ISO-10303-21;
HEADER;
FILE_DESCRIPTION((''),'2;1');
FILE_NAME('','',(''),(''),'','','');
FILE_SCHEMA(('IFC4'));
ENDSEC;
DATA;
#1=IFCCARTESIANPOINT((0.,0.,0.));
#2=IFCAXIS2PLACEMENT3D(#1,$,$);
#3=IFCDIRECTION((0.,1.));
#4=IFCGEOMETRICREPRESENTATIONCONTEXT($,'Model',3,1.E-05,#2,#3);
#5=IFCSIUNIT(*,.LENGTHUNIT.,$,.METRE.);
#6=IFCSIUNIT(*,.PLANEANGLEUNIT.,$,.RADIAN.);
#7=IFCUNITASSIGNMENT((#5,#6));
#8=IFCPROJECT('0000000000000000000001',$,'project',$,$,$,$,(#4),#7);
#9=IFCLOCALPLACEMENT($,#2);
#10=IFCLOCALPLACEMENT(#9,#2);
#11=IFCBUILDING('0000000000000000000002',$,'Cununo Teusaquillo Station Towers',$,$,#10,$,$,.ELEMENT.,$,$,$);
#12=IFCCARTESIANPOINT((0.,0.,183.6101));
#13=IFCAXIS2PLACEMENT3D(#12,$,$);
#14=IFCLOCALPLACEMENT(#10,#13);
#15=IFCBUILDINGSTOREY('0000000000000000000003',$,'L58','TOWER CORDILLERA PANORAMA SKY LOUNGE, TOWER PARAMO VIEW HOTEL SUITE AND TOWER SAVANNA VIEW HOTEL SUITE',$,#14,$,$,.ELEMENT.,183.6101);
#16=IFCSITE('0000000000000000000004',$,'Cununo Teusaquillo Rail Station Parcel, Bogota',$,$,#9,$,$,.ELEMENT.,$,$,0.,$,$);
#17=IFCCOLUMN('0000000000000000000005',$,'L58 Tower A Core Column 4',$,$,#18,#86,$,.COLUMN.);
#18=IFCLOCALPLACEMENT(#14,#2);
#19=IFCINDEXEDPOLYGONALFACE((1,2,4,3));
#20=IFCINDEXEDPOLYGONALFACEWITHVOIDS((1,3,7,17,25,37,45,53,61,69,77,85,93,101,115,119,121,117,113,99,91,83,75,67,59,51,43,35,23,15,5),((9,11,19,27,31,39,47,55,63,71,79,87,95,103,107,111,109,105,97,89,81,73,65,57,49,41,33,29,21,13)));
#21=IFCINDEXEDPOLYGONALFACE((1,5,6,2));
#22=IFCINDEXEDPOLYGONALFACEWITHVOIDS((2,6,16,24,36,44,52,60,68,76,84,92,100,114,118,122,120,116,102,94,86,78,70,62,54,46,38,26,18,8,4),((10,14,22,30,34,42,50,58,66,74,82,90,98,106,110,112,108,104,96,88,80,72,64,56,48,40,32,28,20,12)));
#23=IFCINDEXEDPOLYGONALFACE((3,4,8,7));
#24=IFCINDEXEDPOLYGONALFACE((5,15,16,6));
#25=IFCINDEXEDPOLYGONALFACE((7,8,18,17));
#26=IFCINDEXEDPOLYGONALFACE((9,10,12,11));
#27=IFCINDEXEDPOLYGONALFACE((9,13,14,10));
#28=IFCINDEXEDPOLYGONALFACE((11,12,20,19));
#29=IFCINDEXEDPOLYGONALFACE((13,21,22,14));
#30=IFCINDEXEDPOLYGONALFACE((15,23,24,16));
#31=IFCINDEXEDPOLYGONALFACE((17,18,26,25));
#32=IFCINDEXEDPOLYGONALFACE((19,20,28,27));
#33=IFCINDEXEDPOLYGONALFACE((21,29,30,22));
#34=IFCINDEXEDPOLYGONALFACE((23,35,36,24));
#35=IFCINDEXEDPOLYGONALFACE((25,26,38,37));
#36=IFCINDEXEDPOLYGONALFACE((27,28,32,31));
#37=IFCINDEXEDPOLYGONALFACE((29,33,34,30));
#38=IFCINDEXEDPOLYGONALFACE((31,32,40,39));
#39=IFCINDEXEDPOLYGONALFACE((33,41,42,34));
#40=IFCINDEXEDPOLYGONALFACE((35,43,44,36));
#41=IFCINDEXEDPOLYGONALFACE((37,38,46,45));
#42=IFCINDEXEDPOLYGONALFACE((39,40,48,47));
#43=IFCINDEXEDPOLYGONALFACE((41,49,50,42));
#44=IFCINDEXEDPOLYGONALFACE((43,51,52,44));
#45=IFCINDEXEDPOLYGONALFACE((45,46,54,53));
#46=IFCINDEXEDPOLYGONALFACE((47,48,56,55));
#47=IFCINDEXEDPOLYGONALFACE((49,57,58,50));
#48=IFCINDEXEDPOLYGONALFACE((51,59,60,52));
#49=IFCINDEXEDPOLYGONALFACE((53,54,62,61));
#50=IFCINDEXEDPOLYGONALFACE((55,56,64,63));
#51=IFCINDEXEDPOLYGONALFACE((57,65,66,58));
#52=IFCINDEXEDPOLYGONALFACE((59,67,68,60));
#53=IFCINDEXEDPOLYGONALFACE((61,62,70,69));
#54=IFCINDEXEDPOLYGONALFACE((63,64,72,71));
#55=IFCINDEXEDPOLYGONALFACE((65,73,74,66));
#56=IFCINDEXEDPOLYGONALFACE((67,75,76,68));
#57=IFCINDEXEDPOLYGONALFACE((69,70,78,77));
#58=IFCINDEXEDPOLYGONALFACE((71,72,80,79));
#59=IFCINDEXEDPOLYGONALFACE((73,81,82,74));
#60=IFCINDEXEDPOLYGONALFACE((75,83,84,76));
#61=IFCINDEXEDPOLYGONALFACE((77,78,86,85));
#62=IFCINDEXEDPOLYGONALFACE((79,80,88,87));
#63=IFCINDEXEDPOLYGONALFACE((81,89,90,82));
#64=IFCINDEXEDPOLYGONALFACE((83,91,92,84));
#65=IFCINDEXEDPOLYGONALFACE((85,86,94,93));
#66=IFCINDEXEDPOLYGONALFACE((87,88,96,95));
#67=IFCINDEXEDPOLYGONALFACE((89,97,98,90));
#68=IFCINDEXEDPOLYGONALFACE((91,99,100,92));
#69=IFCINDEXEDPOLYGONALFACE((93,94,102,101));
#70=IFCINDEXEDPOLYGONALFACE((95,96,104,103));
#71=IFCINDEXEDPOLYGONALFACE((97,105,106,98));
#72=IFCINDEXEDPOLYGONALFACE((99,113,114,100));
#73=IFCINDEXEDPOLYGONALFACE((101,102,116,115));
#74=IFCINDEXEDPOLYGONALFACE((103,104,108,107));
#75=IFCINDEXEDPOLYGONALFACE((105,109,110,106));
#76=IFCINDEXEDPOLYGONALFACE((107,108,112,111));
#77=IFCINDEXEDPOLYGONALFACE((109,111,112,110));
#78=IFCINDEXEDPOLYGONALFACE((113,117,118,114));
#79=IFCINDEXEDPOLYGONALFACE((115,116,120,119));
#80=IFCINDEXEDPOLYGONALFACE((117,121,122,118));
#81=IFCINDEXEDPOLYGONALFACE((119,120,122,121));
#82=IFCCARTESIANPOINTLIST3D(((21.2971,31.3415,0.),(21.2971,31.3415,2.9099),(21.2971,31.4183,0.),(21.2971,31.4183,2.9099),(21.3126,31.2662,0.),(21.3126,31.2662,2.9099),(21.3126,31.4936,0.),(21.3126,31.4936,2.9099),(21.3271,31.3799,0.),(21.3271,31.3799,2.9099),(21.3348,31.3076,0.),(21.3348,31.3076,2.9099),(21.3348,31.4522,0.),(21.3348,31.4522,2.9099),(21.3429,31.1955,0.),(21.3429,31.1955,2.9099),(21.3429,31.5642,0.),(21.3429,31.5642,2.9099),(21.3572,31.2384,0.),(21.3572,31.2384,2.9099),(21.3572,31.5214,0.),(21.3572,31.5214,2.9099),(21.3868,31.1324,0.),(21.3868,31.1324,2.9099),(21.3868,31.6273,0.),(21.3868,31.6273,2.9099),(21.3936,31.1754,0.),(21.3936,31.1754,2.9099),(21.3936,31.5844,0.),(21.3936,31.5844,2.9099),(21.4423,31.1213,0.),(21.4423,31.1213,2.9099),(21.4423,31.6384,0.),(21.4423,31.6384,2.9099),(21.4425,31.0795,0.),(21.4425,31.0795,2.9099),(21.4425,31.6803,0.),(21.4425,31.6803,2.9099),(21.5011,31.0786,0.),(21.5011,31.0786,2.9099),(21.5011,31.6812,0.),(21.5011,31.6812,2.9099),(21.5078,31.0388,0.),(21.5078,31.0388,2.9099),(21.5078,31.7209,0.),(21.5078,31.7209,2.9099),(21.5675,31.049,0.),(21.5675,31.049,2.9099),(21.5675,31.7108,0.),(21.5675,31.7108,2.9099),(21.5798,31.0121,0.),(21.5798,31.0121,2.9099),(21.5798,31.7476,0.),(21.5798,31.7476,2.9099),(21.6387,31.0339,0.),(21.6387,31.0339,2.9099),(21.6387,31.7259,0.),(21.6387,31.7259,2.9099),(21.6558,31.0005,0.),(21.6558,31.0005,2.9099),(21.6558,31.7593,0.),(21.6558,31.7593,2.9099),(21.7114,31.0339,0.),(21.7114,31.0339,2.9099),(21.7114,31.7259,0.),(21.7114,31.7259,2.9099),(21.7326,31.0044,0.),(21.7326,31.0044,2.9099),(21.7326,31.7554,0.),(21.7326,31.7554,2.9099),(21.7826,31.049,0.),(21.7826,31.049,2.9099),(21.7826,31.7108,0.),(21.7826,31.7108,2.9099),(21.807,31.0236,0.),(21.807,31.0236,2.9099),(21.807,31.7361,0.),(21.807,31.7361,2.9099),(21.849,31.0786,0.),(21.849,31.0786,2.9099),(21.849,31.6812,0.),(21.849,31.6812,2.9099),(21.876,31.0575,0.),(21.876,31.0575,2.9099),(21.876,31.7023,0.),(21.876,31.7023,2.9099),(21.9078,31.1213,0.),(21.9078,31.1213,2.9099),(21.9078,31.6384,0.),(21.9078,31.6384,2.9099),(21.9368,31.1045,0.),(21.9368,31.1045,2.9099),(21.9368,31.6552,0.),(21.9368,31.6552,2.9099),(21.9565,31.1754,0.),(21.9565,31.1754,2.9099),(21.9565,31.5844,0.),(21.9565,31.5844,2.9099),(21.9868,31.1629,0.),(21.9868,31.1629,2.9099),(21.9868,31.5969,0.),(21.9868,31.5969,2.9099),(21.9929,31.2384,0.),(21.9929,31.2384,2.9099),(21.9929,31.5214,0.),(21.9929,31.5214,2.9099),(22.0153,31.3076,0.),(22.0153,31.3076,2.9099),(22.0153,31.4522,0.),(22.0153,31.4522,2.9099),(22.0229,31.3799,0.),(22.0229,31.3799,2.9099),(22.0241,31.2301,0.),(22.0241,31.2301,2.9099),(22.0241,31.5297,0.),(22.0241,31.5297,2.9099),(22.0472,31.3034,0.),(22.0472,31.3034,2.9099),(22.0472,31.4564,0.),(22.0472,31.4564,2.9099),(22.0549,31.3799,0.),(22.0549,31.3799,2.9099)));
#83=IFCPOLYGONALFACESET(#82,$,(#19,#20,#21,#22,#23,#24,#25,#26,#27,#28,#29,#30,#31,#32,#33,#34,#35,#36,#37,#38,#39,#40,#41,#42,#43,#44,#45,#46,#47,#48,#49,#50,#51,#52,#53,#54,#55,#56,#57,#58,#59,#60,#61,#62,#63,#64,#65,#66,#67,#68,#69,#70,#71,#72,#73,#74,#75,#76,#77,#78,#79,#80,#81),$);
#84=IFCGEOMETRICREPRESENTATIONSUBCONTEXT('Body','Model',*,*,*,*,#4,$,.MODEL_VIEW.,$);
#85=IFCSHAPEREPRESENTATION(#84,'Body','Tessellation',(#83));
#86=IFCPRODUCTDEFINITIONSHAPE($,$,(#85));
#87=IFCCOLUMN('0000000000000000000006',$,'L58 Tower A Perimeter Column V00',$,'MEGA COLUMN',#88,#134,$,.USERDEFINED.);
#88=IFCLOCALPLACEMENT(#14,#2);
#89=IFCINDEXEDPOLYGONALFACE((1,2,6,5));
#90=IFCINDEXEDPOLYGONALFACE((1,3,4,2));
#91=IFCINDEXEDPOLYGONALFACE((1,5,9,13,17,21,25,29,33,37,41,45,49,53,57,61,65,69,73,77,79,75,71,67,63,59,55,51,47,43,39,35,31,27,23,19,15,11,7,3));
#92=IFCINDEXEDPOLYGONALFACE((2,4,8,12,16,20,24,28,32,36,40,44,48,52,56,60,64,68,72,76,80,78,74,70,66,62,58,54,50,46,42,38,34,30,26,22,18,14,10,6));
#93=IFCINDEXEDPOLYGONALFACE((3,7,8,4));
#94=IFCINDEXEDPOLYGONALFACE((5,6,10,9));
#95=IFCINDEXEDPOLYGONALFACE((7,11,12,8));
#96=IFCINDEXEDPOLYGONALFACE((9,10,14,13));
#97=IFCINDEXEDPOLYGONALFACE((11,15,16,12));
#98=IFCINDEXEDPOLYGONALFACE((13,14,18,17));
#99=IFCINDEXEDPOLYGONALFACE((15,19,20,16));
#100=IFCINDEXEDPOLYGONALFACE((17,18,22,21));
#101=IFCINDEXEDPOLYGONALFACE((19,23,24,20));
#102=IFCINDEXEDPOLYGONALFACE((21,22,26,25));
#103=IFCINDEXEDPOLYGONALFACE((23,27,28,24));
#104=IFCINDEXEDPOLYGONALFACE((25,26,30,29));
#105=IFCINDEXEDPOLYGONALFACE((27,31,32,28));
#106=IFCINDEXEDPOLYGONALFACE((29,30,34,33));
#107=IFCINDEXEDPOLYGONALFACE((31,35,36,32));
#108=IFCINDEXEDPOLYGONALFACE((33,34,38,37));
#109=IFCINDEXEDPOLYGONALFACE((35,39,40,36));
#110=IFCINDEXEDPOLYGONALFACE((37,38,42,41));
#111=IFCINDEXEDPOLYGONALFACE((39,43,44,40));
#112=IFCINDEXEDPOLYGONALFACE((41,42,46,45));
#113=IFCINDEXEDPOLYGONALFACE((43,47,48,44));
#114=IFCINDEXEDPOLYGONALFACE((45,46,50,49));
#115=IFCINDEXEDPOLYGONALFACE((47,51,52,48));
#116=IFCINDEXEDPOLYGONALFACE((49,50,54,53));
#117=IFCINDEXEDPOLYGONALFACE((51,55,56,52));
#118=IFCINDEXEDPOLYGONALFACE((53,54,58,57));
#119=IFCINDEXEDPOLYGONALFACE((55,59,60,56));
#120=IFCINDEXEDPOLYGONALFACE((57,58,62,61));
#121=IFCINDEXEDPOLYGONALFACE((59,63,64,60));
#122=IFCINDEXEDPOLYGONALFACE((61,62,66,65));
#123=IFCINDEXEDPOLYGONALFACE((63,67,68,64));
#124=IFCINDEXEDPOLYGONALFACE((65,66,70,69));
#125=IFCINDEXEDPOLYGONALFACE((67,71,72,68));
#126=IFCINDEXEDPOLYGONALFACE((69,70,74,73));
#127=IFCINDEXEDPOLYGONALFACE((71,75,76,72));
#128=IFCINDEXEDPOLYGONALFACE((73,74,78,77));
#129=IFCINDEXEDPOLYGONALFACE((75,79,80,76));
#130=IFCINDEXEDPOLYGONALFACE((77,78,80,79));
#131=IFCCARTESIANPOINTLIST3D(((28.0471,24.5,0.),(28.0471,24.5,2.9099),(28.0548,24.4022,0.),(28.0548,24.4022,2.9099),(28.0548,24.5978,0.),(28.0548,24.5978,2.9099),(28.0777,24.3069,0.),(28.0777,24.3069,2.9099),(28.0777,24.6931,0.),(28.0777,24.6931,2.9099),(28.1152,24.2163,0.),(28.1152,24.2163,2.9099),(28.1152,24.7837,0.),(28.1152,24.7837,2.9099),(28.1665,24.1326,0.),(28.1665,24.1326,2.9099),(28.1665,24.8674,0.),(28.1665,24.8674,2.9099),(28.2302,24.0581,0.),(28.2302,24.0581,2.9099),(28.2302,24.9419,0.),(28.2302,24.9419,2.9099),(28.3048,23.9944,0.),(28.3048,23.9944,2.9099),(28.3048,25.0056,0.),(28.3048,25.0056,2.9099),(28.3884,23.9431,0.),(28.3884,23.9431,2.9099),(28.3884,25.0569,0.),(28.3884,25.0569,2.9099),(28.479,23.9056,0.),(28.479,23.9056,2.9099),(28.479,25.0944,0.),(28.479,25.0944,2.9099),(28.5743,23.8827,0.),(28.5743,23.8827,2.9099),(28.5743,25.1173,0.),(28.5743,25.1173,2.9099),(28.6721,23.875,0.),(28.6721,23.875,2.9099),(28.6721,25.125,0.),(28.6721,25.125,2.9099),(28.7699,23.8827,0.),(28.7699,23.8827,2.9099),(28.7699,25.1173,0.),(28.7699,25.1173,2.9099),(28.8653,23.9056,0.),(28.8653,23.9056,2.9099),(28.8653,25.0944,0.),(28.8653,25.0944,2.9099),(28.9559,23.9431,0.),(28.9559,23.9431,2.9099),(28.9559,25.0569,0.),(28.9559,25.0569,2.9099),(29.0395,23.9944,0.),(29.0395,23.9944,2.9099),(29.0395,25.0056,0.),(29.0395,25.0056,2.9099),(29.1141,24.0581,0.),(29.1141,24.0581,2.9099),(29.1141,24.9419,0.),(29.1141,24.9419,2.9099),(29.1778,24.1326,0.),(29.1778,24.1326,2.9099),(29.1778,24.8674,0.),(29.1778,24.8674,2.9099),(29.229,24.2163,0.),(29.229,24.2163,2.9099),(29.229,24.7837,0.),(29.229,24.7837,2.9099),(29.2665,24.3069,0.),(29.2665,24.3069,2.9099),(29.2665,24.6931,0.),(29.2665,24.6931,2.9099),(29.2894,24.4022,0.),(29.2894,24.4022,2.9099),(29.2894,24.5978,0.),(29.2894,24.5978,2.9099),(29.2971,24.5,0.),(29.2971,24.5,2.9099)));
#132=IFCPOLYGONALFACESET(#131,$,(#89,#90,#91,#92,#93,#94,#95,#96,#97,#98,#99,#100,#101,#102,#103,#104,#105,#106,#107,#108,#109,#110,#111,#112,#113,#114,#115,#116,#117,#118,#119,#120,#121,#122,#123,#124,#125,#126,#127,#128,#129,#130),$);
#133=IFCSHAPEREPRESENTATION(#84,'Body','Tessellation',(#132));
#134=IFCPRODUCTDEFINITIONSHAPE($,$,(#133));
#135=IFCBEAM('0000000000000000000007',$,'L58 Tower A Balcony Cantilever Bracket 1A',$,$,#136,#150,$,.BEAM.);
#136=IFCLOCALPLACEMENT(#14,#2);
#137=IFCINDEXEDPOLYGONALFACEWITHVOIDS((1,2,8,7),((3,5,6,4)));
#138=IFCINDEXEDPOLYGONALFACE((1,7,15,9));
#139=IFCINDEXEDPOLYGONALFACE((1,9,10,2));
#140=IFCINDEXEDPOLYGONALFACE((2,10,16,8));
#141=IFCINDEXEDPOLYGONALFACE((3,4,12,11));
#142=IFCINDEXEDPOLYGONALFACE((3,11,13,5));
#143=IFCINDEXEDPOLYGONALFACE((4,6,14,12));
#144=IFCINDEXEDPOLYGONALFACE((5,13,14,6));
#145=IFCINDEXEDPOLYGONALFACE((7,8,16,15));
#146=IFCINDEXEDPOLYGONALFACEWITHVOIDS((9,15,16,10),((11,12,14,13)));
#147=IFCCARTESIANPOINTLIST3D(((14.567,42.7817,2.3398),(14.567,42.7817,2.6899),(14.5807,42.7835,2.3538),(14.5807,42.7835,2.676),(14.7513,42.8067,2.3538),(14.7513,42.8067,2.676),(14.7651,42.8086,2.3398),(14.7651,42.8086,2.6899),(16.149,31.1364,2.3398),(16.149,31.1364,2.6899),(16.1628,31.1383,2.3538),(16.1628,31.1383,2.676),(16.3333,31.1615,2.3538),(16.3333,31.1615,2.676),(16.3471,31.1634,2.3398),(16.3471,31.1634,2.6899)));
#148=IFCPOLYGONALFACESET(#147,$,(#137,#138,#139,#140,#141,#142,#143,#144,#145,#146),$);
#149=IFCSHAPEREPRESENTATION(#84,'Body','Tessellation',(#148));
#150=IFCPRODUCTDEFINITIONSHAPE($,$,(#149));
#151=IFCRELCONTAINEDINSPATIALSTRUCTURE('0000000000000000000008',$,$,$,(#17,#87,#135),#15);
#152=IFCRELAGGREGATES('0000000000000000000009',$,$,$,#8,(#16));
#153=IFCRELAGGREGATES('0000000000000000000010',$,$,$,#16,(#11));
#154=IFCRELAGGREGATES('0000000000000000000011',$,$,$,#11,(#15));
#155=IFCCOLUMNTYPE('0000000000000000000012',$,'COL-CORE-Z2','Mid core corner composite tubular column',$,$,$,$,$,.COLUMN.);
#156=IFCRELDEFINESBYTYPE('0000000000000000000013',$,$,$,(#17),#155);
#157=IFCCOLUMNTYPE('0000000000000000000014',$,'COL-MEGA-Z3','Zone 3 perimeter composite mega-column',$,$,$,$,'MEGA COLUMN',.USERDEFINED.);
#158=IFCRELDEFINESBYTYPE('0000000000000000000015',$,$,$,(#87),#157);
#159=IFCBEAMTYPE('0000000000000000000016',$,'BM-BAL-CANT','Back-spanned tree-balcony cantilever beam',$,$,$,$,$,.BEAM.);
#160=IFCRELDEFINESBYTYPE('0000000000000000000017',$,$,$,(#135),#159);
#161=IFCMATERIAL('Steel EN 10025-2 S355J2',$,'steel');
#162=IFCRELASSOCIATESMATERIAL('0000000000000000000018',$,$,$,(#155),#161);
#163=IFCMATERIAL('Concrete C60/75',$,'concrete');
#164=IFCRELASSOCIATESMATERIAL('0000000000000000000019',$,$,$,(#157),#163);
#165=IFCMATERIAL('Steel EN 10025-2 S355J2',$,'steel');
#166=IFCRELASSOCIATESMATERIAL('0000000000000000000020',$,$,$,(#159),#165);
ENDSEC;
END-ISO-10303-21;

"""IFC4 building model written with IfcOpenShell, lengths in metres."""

from ifc_helpers import new_model, si_unit, direction, frame, origin, origin_2d, place, context, subcontext, project, spatial, hollow_rectangle, circle, hollow_circle, extrude, material, material_profile, profile_set, type_object, element, save


model = new_model("IFC4")

# Units and contexts
model_context = context("Model", 3, precision=1e-05, world=origin(), true_north=direction((0.0, 1.0)))
body_context = subcontext(model_context, "Body", "Model", "MODEL_VIEW")
ifc_project = project(units=[si_unit("LENGTHUNIT", "METRE"), si_unit("PLANEANGLEUNIT", "RADIAN")], contexts=[model_context])

# Site, building, storey
site_placement = place(None, origin())
site = spatial("IfcSite", under=ifc_project, at=site_placement, Name="Cununo Teusaquillo Rail Station Parcel, Bogota", CompositionType="ELEMENT", RefElevation=0.0)
building_placement = place(site_placement, origin())
building = spatial("IfcBuilding", under=site, at=building_placement, Name="Cununo Teusaquillo Station Towers", CompositionType="ELEMENT")
storey_placement = place(building_placement, frame((0.0, 0.0, 183.6101)))
storey = spatial("IfcBuildingStorey", under=building, at=storey_placement, Name="L58", Description="TOWER CORDILLERA PANORAMA SKY LOUNGE, TOWER PARAMO VIEW HOTEL SUITE AND TOWER SAVANNA VIEW HOTEL SUITE", CompositionType="ELEMENT", Elevation=183.6101)

# Columns
ifc_material_1 = material(Name="Steel EN 10025-2 S355J2", Category="steel")
ifc_material_profile_1 = material_profile(ifc_material_1, hollow_circle(Radius=0.3799, WallThickness=0.032, at=origin_2d()), Name="CHS 760x32")
ifc_profile_set_1 = profile_set([ifc_material_profile_1], Name="Steel EN 10025-2 S355J2")
column_type_1 = type_object("IfcColumnType", Name="COL-CORE-Z2", Description="Mid core corner composite tubular column", PredefinedType="COLUMN", material=ifc_profile_set_1)
column_1_placement = place(storey_placement, frame((21.675, 31.3799, 0.0), z_axis=(0.0, 0.0, 1.0), x_axis=(1.0, 0.0, 0.0)))
element("IfcColumn", 1, at=column_1_placement, inside=storey, type_object=column_type_1, Name="L58 Tower A Core Column 4", PredefinedType="COLUMN", context=body_context, shape_type="SweptSolid", body=[
    extrude(hollow_circle(Radius=0.3799, WallThickness=0.032, at=origin_2d()), origin(), (0.0, 0.0, 1.0), 2.9099),
])
ifc_material_2 = material(Name="Concrete C60/75", Category="concrete")
ifc_material_profile_2 = material_profile(ifc_material_2, circle(Radius=0.625, at=origin_2d()), Name="RC-CIRC-1250")
ifc_profile_set_2 = profile_set([ifc_material_profile_2], Name="Concrete C60/75")
column_type_2 = type_object("IfcColumnType", Name="COL-MEGA-Z3", Description="Zone 3 perimeter composite mega-column", ElementType="MEGA COLUMN", PredefinedType="USERDEFINED", material=ifc_profile_set_2)
column_2_placement = place(storey_placement, frame((28.6721, 24.5, 0.0), z_axis=(0.0, 0.0, 1.0), x_axis=(1.0, 0.0, 0.0)))
element("IfcColumn", 2, at=column_2_placement, inside=storey, type_object=column_type_2, Name="L58 Tower A Perimeter Column V00", ObjectType="MEGA COLUMN", PredefinedType="USERDEFINED", context=body_context, shape_type="SweptSolid", body=[
    extrude(circle(Radius=0.625, at=origin_2d()), origin(), (0.0, 0.0, 1.0), 2.9099),
])

# Beam
ifc_material_3 = material(Name="Steel EN 10025-2 S355J2", Category="steel")
ifc_material_profile_3 = material_profile(ifc_material_3, hollow_rectangle(XDim=0.2, YDim=0.3501, WallThickness=0.0139, at=origin_2d()), Name="RHS 350x200x14")
ifc_profile_set_3 = profile_set([ifc_material_profile_3], Name="Steel EN 10025-2 S355J2")
beam_type_1 = type_object("IfcBeamType", Name="BM-BAL-CANT", Description="Back-spanned tree-balcony cantilever beam", PredefinedType="BEAM", material=ifc_profile_set_3)
beam_1_placement = place(storey_placement, frame((16.248, 31.1499, 2.5149), z_axis=(-0.134615, 0.990898, 0.0), x_axis=(-0.990898, -0.134615, 0.0)))
element("IfcBeam", 3, at=beam_1_placement, inside=storey, type_object=beam_type_1, Name="L58 Tower A Balcony Cantilever Bracket 1A", PredefinedType="BEAM", context=body_context, shape_type="SweptSolid", body=[
    extrude(hollow_rectangle(XDim=0.2, YDim=0.3501, WallThickness=0.0139, at=origin_2d()), origin(), (0.0, 0.0, 1.0), 11.7522),
])

save(model, "model.ifc")
